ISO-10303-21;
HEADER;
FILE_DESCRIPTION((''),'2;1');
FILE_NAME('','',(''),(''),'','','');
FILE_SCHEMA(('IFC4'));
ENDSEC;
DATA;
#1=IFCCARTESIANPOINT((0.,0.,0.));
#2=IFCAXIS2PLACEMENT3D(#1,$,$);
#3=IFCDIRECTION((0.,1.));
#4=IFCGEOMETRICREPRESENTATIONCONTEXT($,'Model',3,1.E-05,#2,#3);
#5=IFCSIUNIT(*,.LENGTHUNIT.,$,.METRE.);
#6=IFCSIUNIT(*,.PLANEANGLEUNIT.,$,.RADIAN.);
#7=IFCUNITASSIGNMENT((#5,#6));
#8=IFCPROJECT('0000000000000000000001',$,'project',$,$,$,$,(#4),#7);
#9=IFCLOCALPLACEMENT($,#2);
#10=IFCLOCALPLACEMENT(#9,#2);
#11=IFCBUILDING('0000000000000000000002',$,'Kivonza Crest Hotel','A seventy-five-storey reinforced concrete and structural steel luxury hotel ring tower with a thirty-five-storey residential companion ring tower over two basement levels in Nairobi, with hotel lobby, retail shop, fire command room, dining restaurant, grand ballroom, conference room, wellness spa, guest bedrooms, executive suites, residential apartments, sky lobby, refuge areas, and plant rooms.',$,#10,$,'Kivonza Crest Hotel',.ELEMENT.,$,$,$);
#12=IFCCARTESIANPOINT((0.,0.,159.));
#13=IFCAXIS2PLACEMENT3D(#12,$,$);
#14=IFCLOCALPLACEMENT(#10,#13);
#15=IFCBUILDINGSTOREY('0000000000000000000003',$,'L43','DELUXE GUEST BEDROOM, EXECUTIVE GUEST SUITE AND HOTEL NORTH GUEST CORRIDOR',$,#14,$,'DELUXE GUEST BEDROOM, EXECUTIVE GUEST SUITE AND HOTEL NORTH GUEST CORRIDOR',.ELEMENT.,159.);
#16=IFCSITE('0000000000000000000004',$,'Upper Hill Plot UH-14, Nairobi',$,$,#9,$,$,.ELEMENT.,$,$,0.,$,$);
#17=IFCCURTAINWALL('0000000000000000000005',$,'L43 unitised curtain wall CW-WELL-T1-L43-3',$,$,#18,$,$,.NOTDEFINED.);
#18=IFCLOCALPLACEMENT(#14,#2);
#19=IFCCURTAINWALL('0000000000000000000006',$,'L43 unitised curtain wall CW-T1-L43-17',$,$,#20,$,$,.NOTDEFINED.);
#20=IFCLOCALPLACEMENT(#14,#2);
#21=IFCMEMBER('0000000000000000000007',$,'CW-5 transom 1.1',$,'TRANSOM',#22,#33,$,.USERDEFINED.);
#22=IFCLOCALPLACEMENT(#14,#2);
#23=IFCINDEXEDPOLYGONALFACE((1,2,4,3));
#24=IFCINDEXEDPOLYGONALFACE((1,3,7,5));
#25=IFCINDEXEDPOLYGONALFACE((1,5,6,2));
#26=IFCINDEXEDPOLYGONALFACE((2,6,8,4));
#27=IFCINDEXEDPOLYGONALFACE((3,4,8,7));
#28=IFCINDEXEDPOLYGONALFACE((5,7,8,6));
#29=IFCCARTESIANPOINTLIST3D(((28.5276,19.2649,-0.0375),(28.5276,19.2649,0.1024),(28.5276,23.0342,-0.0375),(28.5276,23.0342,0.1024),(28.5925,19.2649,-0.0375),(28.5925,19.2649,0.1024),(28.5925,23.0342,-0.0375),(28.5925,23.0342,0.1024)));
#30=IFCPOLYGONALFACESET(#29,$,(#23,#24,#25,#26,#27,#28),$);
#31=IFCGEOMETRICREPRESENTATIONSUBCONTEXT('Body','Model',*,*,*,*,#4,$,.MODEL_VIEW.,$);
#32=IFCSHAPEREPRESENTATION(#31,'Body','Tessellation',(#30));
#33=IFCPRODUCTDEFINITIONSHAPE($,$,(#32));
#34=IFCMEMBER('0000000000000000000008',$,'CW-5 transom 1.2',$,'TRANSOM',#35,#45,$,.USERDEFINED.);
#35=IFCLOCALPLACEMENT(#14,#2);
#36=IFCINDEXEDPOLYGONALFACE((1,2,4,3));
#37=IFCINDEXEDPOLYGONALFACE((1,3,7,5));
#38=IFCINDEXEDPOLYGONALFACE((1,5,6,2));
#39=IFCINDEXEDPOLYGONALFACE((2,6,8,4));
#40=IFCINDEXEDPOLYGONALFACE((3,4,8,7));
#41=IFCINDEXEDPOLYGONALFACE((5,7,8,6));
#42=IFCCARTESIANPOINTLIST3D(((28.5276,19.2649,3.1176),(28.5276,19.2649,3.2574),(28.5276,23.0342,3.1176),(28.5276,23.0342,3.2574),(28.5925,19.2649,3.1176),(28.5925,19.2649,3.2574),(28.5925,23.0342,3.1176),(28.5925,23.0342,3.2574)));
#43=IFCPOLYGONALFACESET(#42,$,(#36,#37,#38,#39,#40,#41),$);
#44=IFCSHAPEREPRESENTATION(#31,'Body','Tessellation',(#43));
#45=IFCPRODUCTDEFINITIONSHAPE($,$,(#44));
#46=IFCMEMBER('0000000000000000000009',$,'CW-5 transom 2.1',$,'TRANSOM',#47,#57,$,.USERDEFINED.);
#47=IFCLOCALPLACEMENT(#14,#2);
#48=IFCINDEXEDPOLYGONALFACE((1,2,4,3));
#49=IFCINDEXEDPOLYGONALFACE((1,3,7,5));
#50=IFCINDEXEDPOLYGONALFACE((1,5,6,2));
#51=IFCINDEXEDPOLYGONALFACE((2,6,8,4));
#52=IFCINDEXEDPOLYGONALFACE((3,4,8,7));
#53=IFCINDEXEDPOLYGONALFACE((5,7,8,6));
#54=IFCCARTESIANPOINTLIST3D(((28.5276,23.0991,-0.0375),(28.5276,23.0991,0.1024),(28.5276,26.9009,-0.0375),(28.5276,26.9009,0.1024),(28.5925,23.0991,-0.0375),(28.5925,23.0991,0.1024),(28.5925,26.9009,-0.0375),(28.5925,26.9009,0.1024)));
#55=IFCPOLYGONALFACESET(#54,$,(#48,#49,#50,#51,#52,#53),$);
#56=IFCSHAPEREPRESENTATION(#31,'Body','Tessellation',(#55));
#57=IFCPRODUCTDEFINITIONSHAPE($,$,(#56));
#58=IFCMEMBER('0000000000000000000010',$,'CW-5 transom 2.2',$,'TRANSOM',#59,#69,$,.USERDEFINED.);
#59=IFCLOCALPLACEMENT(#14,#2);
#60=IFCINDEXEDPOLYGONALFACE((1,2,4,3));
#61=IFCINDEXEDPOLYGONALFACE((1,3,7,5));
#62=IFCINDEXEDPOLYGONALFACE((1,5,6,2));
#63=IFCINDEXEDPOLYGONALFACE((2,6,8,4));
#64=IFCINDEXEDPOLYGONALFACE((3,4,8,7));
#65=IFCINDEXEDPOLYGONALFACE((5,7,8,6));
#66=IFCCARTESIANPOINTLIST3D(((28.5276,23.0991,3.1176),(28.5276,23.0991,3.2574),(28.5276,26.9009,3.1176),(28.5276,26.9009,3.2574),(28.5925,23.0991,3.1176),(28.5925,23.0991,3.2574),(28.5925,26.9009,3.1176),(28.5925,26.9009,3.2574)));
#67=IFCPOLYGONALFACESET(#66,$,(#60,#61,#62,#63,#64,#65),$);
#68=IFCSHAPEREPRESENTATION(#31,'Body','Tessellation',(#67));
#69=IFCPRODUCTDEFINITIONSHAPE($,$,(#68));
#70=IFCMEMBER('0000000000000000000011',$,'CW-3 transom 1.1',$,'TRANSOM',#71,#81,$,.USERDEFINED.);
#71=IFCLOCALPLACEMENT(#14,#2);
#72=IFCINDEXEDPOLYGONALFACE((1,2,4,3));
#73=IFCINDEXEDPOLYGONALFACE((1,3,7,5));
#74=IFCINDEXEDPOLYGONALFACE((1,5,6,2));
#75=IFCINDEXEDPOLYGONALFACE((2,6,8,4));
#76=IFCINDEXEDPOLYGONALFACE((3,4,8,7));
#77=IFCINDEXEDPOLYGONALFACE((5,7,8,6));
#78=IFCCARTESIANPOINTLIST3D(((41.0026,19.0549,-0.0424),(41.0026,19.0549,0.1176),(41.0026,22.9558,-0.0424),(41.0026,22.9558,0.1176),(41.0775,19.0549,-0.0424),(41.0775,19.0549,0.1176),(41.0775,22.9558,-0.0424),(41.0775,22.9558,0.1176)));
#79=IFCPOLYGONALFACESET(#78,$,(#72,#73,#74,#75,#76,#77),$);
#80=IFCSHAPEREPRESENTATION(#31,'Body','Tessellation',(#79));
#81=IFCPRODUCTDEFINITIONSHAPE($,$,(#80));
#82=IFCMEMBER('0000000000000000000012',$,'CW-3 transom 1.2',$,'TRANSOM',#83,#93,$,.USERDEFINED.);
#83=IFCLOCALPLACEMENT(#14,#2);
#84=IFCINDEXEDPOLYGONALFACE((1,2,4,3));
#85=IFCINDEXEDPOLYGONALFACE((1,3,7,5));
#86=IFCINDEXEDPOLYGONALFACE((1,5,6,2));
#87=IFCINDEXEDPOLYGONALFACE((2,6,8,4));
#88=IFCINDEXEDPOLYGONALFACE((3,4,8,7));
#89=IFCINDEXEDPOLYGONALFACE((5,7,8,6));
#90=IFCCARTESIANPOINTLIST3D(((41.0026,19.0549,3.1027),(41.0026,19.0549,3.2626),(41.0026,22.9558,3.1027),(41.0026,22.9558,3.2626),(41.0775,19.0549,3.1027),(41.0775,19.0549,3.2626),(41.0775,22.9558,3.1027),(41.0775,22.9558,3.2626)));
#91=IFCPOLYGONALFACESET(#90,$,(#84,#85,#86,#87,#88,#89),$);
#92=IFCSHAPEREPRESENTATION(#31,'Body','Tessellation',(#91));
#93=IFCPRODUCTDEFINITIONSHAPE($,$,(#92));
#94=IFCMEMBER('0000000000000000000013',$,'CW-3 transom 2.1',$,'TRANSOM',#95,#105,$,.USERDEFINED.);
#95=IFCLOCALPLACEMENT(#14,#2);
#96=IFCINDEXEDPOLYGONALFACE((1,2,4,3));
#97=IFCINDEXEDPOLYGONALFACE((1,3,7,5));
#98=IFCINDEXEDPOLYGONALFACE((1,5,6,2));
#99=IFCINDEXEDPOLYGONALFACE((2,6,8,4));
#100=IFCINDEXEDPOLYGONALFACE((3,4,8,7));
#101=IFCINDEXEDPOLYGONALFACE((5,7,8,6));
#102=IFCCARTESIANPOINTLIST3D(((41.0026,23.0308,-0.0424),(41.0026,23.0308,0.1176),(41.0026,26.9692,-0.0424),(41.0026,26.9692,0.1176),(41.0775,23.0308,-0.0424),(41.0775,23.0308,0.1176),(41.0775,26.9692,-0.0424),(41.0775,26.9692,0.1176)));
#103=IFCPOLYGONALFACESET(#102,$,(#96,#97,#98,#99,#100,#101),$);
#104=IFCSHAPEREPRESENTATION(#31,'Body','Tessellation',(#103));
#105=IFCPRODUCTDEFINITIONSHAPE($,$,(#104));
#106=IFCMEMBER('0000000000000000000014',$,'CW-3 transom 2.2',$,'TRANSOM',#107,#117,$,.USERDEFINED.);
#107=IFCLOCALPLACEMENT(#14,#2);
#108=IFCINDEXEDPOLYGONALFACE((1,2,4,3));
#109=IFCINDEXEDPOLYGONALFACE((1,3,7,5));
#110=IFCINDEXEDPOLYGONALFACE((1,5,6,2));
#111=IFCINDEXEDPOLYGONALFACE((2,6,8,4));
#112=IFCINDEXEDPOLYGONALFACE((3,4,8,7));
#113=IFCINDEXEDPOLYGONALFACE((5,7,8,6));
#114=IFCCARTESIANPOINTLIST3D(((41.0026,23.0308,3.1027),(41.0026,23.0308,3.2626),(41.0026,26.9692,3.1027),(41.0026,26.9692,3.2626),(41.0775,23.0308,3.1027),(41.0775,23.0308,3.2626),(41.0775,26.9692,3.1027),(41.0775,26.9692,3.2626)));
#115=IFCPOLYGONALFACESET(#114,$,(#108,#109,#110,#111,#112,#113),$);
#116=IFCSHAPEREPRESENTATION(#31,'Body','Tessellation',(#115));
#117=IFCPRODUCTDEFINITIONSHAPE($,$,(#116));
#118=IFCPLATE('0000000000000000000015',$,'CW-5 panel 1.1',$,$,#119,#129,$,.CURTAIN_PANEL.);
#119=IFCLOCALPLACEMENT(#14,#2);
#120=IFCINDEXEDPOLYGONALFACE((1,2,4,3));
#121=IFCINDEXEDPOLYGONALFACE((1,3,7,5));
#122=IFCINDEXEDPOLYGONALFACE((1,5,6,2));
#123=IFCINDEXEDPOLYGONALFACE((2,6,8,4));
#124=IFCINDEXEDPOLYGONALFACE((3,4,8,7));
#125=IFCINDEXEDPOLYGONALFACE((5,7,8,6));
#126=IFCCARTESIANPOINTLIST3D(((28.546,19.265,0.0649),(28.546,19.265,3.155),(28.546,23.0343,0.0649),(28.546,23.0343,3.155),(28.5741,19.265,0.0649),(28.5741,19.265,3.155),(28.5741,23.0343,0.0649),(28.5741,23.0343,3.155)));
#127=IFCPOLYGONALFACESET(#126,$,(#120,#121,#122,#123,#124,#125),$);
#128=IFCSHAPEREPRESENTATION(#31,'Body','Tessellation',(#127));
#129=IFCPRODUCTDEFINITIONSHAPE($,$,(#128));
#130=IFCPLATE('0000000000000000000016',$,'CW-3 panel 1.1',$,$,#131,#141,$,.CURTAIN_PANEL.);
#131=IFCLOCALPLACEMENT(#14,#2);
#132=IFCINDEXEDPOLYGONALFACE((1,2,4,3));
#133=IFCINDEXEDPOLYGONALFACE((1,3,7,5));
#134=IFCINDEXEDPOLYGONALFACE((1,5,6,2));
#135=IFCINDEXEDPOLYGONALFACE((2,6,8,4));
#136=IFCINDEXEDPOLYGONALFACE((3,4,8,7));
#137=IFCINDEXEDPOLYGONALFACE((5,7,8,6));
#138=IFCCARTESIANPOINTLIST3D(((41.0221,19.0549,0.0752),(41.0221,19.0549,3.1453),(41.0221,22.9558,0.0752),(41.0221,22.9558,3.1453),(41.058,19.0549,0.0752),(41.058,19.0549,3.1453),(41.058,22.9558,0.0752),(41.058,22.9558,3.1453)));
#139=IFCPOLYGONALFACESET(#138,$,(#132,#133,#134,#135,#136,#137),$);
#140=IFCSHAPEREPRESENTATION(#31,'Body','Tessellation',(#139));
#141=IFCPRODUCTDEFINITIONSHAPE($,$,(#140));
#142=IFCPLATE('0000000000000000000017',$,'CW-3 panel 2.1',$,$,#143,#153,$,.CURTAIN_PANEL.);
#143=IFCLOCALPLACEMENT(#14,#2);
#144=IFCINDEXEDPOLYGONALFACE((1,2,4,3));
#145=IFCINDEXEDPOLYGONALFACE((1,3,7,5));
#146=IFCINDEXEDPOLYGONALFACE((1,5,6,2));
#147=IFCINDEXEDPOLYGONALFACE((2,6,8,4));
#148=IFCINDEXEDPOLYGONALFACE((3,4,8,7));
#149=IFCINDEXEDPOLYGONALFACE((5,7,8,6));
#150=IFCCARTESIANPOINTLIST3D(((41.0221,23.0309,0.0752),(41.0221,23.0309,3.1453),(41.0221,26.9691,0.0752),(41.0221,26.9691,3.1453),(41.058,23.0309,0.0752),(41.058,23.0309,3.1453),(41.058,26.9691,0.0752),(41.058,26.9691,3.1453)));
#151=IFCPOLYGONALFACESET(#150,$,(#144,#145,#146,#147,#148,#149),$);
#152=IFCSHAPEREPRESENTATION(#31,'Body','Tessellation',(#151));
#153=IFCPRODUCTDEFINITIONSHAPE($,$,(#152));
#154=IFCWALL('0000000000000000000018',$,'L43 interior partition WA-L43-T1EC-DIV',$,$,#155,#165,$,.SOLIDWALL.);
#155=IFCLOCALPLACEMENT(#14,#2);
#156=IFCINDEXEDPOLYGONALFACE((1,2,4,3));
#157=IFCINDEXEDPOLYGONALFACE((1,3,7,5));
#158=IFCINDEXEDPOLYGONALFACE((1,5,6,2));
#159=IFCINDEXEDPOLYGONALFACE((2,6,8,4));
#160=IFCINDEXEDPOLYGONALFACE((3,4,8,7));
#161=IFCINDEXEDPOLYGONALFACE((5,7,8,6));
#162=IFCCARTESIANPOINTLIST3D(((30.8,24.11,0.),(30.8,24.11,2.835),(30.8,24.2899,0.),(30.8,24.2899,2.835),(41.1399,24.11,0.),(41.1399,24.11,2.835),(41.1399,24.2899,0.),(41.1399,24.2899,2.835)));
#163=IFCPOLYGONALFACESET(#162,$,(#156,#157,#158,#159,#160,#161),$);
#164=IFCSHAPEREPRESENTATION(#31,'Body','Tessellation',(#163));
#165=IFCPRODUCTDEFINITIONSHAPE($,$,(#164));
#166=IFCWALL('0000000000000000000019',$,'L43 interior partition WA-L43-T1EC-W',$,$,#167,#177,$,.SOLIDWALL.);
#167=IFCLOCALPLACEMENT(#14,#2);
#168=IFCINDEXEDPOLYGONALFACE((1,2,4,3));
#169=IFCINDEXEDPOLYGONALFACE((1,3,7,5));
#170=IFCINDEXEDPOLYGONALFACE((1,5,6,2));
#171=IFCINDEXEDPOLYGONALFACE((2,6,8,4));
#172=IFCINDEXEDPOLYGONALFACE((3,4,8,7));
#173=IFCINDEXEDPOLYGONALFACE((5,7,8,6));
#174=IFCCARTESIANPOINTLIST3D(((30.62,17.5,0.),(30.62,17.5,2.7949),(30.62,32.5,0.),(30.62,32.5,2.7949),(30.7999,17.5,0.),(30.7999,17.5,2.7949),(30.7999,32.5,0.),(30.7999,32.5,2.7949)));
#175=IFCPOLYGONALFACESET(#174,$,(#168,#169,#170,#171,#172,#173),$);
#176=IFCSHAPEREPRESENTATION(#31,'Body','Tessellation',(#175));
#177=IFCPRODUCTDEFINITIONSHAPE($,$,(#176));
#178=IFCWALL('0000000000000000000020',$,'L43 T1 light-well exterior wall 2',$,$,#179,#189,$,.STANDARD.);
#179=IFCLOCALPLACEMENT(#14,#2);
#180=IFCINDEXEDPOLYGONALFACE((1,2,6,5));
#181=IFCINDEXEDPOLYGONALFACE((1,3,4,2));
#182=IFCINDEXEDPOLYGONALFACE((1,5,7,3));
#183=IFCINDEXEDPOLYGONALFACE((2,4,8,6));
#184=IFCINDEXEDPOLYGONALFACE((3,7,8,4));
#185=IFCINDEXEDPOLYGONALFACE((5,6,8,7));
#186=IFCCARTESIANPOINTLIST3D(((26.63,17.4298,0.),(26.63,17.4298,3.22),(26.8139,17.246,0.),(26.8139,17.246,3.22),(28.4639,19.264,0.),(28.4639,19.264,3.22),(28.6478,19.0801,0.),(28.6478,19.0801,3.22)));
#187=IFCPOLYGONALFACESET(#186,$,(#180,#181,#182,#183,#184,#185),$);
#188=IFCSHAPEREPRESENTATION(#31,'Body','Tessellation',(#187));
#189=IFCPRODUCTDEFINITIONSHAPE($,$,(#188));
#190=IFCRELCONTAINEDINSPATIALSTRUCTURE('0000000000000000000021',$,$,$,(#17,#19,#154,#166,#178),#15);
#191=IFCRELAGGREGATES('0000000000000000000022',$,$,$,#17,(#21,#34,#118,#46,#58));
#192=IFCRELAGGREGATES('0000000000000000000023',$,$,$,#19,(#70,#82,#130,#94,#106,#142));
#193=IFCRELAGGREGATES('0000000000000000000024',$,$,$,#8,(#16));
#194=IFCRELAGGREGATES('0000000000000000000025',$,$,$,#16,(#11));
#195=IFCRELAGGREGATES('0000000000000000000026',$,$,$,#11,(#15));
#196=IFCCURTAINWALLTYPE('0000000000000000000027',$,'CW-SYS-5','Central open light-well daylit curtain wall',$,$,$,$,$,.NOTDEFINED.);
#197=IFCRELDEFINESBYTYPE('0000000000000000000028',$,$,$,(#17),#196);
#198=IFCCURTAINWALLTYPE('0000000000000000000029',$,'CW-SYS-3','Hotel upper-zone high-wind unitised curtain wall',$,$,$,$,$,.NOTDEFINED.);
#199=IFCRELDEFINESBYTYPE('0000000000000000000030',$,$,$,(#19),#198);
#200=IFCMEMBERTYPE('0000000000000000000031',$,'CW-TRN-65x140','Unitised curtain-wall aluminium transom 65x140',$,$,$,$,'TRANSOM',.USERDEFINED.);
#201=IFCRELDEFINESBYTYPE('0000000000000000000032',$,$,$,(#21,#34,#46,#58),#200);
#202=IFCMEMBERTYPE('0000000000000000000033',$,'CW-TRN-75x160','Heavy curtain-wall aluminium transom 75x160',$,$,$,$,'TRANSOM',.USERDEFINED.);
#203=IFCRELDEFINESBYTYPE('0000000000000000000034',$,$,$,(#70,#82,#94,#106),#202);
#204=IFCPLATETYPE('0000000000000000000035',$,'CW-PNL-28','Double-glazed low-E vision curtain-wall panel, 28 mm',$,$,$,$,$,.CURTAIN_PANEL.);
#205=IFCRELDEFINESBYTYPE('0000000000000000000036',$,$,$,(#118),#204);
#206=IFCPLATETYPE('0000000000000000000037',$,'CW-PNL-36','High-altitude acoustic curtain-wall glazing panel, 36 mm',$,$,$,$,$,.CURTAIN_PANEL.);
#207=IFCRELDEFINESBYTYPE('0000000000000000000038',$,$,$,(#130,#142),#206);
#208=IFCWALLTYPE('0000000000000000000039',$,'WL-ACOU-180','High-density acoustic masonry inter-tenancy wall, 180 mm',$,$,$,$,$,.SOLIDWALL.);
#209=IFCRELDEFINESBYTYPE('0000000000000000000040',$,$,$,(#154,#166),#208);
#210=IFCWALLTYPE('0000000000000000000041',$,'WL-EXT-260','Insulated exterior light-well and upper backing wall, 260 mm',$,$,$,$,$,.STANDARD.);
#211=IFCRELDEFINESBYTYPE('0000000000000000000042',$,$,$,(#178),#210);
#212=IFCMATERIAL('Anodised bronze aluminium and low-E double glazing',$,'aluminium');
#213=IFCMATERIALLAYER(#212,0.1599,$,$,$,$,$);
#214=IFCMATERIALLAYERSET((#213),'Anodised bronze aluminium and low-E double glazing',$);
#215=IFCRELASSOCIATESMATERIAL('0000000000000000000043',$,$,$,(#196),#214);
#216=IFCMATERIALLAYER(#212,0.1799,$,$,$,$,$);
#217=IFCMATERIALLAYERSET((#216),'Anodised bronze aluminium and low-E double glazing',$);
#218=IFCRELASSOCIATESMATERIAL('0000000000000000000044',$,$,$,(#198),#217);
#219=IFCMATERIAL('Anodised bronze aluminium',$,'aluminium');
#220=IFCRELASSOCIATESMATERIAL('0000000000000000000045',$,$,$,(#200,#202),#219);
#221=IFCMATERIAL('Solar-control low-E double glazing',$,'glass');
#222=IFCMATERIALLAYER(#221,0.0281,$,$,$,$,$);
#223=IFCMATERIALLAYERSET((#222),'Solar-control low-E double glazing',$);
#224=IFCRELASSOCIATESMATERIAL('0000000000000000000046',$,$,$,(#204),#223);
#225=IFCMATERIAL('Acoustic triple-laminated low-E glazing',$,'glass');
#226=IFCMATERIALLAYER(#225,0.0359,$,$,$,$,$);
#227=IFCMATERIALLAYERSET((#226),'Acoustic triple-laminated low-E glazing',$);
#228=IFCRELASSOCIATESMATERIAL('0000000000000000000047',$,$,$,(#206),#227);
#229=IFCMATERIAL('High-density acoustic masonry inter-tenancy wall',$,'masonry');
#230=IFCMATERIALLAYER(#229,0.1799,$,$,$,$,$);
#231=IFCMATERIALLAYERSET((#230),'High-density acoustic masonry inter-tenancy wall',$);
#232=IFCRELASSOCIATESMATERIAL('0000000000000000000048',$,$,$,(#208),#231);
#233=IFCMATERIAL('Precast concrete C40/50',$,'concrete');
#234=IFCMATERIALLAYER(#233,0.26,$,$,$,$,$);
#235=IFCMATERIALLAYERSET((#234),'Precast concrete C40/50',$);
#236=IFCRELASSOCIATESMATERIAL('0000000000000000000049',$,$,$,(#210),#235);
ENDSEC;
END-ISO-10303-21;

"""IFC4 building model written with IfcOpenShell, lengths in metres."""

from ifc_helpers import new_model, si_unit, direction, frame, frame_2d, origin, origin_2d, place, context, subcontext, project, spatial, rectangle, extrude, material, layer, layer_set, material_profile, profile_set, type_object, element, aggregate, save


model = new_model("IFC4")

# Units and contexts
model_context = context("Model", 3, precision=1e-05, world=origin(), true_north=direction((0.0, 1.0)))
body_context = subcontext(model_context, "Body", "Model", "MODEL_VIEW")
ifc_project = project(units=[si_unit("LENGTHUNIT", "METRE"), si_unit("PLANEANGLEUNIT", "RADIAN")], contexts=[model_context])

# Site, building, storey
site_placement = place(None, origin())
site = spatial("IfcSite", under=ifc_project, at=site_placement, Name="Upper Hill Plot UH-14, Nairobi", CompositionType="ELEMENT", RefElevation=0.0)
building_placement = place(site_placement, origin())
building = spatial("IfcBuilding", under=site, at=building_placement, Name="Kivonza Crest Hotel", Description="A seventy-five-storey reinforced concrete and structural steel luxury hotel ring tower with a thirty-five-storey residential companion ring tower over two basement levels in Nairobi, with hotel lobby, retail shop, fire command room, dining restaurant, grand ballroom, conference room, wellness spa, guest bedrooms, executive suites, residential apartments, sky lobby, refuge areas, and plant rooms.", LongName="Kivonza Crest Hotel", CompositionType="ELEMENT")
storey_placement = place(building_placement, frame((0.0, 0.0, 159.0)))
storey = spatial("IfcBuildingStorey", under=building, at=storey_placement, Name="L43", Description="DELUXE GUEST BEDROOM, EXECUTIVE GUEST SUITE AND HOTEL NORTH GUEST CORRIDOR", LongName="DELUXE GUEST BEDROOM, EXECUTIVE GUEST SUITE AND HOTEL NORTH GUEST CORRIDOR", CompositionType="ELEMENT", Elevation=159.0)

# Curtain walls
ifc_material_1 = material(Name="Anodised bronze aluminium and low-E double glazing", Category="aluminium")
ifc_layer_1 = layer(ifc_material_1, 0.1599)
ifc_layer_set_1 = layer_set([ifc_layer_1], Name="Anodised bronze aluminium and low-E double glazing")
curtain_wall_type_1 = type_object("IfcCurtainWallType", Name="CW-SYS-5", Description="Central open light-well daylit curtain wall", PredefinedType="NOTDEFINED", material=ifc_layer_set_1)
curtain_wall_1_placement = place(storey_placement, origin())
curtain_wall_1 = element("IfcCurtainWall", 1, at=curtain_wall_1_placement, inside=storey, type_object=curtain_wall_type_1, Name="L43 unitised curtain wall CW-WELL-T1-L43-3", PredefinedType="NOTDEFINED")
ifc_material_2 = material(Name="Anodised bronze aluminium", Category="aluminium")
ifc_layer_2 = layer(ifc_material_1, 0.1799)
ifc_layer_set_2 = layer_set([ifc_layer_2], Name="Anodised bronze aluminium and low-E double glazing")
curtain_wall_type_2 = type_object("IfcCurtainWallType", Name="CW-SYS-3", Description="Hotel upper-zone high-wind unitised curtain wall", PredefinedType="NOTDEFINED", material=ifc_layer_set_2)
curtain_wall_2_placement = place(storey_placement, origin())
curtain_wall_2 = element("IfcCurtainWall", 2, at=curtain_wall_2_placement, inside=storey, type_object=curtain_wall_type_2, Name="L43 unitised curtain wall CW-T1-L43-17", PredefinedType="NOTDEFINED")

# Members
ifc_material_profile_1 = material_profile(ifc_material_2, rectangle(XDim=0.0649, YDim=0.1399, at=origin_2d()), Name="CW-T 65x140")
ifc_profile_set_1 = profile_set([ifc_material_profile_1], Name="Anodised bronze aluminium")
member_type_1 = type_object("IfcMemberType", Name="CW-TRN-65x140", Description="Unitised curtain-wall aluminium transom 65x140", ElementType="TRANSOM", PredefinedType="USERDEFINED", material=ifc_profile_set_1)
member_1_placement = place(storey_placement, frame((28.5601, 19.2649, 0.0325), z_axis=(0.0, 1.0, 0.0), x_axis=(-1.0, 0.0, 0.0)))
member_1 = element("IfcMember", 3, at=member_1_placement, type_object=member_type_1, Name="CW-5 transom 1.1", ObjectType="TRANSOM", PredefinedType="USERDEFINED", context=body_context, shape_type="SweptSolid", body=[
    extrude(rectangle(XDim=0.0649, YDim=0.1399, at=origin_2d()), origin(), (0.0, 0.0, 1.0), 3.7693),
])
member_2_placement = place(storey_placement, frame((28.5601, 19.2649, 3.1875), z_axis=(0.0, 1.0, 0.0), x_axis=(-1.0, 0.0, 0.0)))
member_2 = element("IfcMember", 4, at=member_2_placement, type_object=member_type_1, Name="CW-5 transom 1.2", ObjectType="TRANSOM", PredefinedType="USERDEFINED", context=body_context, shape_type="SweptSolid", body=[
    extrude(rectangle(XDim=0.0649, YDim=0.1399, at=origin_2d()), origin(), (0.0, 0.0, 1.0), 3.7693),
])
member_3_placement = place(storey_placement, frame((28.5601, 23.0991, 0.0325), z_axis=(0.0, 1.0, 0.0), x_axis=(-1.0, 0.0, 0.0)))
member_3 = element("IfcMember", 5, at=member_3_placement, type_object=member_type_1, Name="CW-5 transom 2.1", ObjectType="TRANSOM", PredefinedType="USERDEFINED", context=body_context, shape_type="SweptSolid", body=[
    extrude(rectangle(XDim=0.0649, YDim=0.1399, at=origin_2d()), origin(), (0.0, 0.0, 1.0), 3.8018),
])
member_4_placement = place(storey_placement, frame((28.5601, 23.0991, 3.1875), z_axis=(0.0, 1.0, 0.0), x_axis=(-1.0, 0.0, 0.0)))
member_4 = element("IfcMember", 6, at=member_4_placement, type_object=member_type_1, Name="CW-5 transom 2.2", ObjectType="TRANSOM", PredefinedType="USERDEFINED", context=body_context, shape_type="SweptSolid", body=[
    extrude(rectangle(XDim=0.0649, YDim=0.1399, at=origin_2d()), origin(), (0.0, 0.0, 1.0), 3.8018),
])
ifc_material_profile_2 = material_profile(ifc_material_2, rectangle(XDim=0.075, YDim=0.1599, at=origin_2d()), Name="CW-T 75x160")
ifc_profile_set_2 = profile_set([ifc_material_profile_2], Name="Anodised bronze aluminium")
member_type_2 = type_object("IfcMemberType", Name="CW-TRN-75x160", Description="Heavy curtain-wall aluminium transom 75x160", ElementType="TRANSOM", PredefinedType="USERDEFINED", material=ifc_profile_set_2)
member_5_placement = place(storey_placement, frame((41.04, 19.0549, 0.0376), z_axis=(0.0, 1.0, 0.0), x_axis=(-1.0, 0.0, 0.0)))
member_5 = element("IfcMember", 7, at=member_5_placement, type_object=member_type_2, Name="CW-3 transom 1.1", ObjectType="TRANSOM", PredefinedType="USERDEFINED", context=body_context, shape_type="SweptSolid", body=[
    extrude(rectangle(XDim=0.075, YDim=0.1599, at=origin_2d()), origin(), (0.0, 0.0, 1.0), 3.9009),
])
member_6_placement = place(storey_placement, frame((41.04, 19.0549, 3.1826), z_axis=(0.0, 1.0, 0.0), x_axis=(-1.0, 0.0, 0.0)))
member_6 = element("IfcMember", 8, at=member_6_placement, type_object=member_type_2, Name="CW-3 transom 1.2", ObjectType="TRANSOM", PredefinedType="USERDEFINED", context=body_context, shape_type="SweptSolid", body=[
    extrude(rectangle(XDim=0.075, YDim=0.1599, at=origin_2d()), origin(), (0.0, 0.0, 1.0), 3.9009),
])
member_7_placement = place(storey_placement, frame((41.04, 23.0308, 0.0376), z_axis=(0.0, 1.0, 0.0), x_axis=(-1.0, 0.0, 0.0)))
member_7 = element("IfcMember", 9, at=member_7_placement, type_object=member_type_2, Name="CW-3 transom 2.1", ObjectType="TRANSOM", PredefinedType="USERDEFINED", context=body_context, shape_type="SweptSolid", body=[
    extrude(rectangle(XDim=0.075, YDim=0.1599, at=origin_2d()), origin(), (0.0, 0.0, 1.0), 3.9385),
])
member_8_placement = place(storey_placement, frame((41.04, 23.0308, 3.1826), z_axis=(0.0, 1.0, 0.0), x_axis=(-1.0, 0.0, 0.0)))
member_8 = element("IfcMember", 10, at=member_8_placement, type_object=member_type_2, Name="CW-3 transom 2.2", ObjectType="TRANSOM", PredefinedType="USERDEFINED", context=body_context, shape_type="SweptSolid", body=[
    extrude(rectangle(XDim=0.075, YDim=0.1599, at=origin_2d()), origin(), (0.0, 0.0, 1.0), 3.9385),
])

# Plates
ifc_material_3 = material(Name="Solar-control low-E double glazing", Category="glass")
ifc_layer_3 = layer(ifc_material_3, 0.0281)
ifc_layer_set_3 = layer_set([ifc_layer_3], Name="Solar-control low-E double glazing")
plate_type_1 = type_object("IfcPlateType", Name="CW-PNL-28", Description="Double-glazed low-E vision curtain-wall panel, 28 mm", PredefinedType="CURTAIN_PANEL", material=ifc_layer_set_3)
plate_1_placement = place(storey_placement, frame((28.5601, 21.1497, 0.0649), z_axis=(0.0, 0.0, 1.0), x_axis=(0.0, 1.0, 0.0)))
plate_1 = element("IfcPlate", 11, at=plate_1_placement, type_object=plate_type_1, Name="CW-5 panel 1.1", PredefinedType="CURTAIN_PANEL", context=body_context, shape_type="SweptSolid", body=[
    extrude(rectangle(XDim=3.7693, YDim=0.0281, at=origin_2d()), origin(), (0.0, 0.0, 1.0), 3.0901),
])
aggregate(curtain_wall_1, [member_1, member_2, plate_1, member_3, member_4])
ifc_material_4 = material(Name="Acoustic triple-laminated low-E glazing", Category="glass")
ifc_layer_4 = layer(ifc_material_4, 0.0359)
ifc_layer_set_4 = layer_set([ifc_layer_4], Name="Acoustic triple-laminated low-E glazing")
plate_type_2 = type_object("IfcPlateType", Name="CW-PNL-36", Description="High-altitude acoustic curtain-wall glazing panel, 36 mm", PredefinedType="CURTAIN_PANEL", material=ifc_layer_set_4)
plate_2_placement = place(storey_placement, frame((41.04, 21.0054, 0.0752), z_axis=(0.0, 0.0, 1.0), x_axis=(0.0, 1.0, 0.0)))
plate_2 = element("IfcPlate", 12, at=plate_2_placement, type_object=plate_type_2, Name="CW-3 panel 1.1", PredefinedType="CURTAIN_PANEL", context=body_context, shape_type="SweptSolid", body=[
    extrude(rectangle(XDim=3.9009, YDim=0.0359, at=origin_2d()), origin(), (0.0, 0.0, 1.0), 3.0701),
])
plate_3_placement = place(storey_placement, frame((41.04, 25.0, 0.0752), z_axis=(0.0, 0.0, 1.0), x_axis=(0.0, 1.0, 0.0)))
plate_3 = element("IfcPlate", 13, at=plate_3_placement, type_object=plate_type_2, Name="CW-3 panel 2.1", PredefinedType="CURTAIN_PANEL", context=body_context, shape_type="SweptSolid", body=[
    extrude(rectangle(XDim=3.9382, YDim=0.0359, at=origin_2d()), origin(), (0.0, 0.0, 1.0), 3.0701),
])
aggregate(curtain_wall_2, [member_5, member_6, plate_2, member_7, member_8, plate_3])

# Walls
ifc_material_5 = material(Name="High-density acoustic masonry inter-tenancy wall", Category="masonry")
ifc_layer_5 = layer(ifc_material_5, 0.1799)
ifc_layer_set_5 = layer_set([ifc_layer_5], Name="High-density acoustic masonry inter-tenancy wall")
wall_type_1 = type_object("IfcWallType", Name="WL-ACOU-180", Description="High-density acoustic masonry inter-tenancy wall, 180 mm", PredefinedType="SOLIDWALL", material=ifc_layer_set_5)
wall_1_placement = place(storey_placement, frame((30.8, 24.2, 0.0), z_axis=(0.0, 0.0, 1.0), x_axis=(1.0, 0.0, 0.0)))
element("IfcWall", 14, at=wall_1_placement, inside=storey, type_object=wall_type_1, Name="L43 interior partition WA-L43-T1EC-DIV", PredefinedType="SOLIDWALL", context=body_context, shape_type="SweptSolid", body=[
    extrude(rectangle(XDim=10.3398, YDim=0.1799, at=frame_2d((5.1699, 0.0))), origin(), (0.0, 0.0, 1.0), 2.835),
])
wall_2_placement = place(storey_placement, frame((30.71, 17.5, 0.0), z_axis=(0.0, 0.0, 1.0), x_axis=(0.0, 1.0, 0.0)))
element("IfcWall", 15, at=wall_2_placement, inside=storey, type_object=wall_type_1, Name="L43 interior partition WA-L43-T1EC-W", PredefinedType="SOLIDWALL", context=body_context, shape_type="SweptSolid", body=[
    extrude(rectangle(XDim=15.0, YDim=0.1799, at=frame_2d((7.5, 0.0))), origin(), (0.0, 0.0, 1.0), 2.7949),
])
ifc_material_6 = material(Name="Precast concrete C40/50", Category="concrete")
ifc_layer_6 = layer(ifc_material_6, 0.26)
ifc_layer_set_6 = layer_set([ifc_layer_6], Name="Precast concrete C40/50")
wall_type_2 = type_object("IfcWallType", Name="WL-EXT-260", Description="Insulated exterior light-well and upper backing wall, 260 mm", PredefinedType="STANDARD", material=ifc_layer_set_6)
wall_3_placement = place(storey_placement, frame((26.7219, 17.3379, 0.0), z_axis=(0.0, 0.0, 1.0), x_axis=(0.70706, 0.707154, 0.0)))
element("IfcWall", 16, at=wall_3_placement, inside=storey, type_object=wall_type_2, Name="L43 T1 light-well exterior wall 2", PredefinedType="STANDARD", context=body_context, shape_type="SweptSolid", body=[
    extrude(rectangle(XDim=2.5938, YDim=0.26, at=frame_2d((1.2969, 0.0))), origin(), (0.0, 0.0, 1.0), 3.22),
])

save(model, "model.ifc")
